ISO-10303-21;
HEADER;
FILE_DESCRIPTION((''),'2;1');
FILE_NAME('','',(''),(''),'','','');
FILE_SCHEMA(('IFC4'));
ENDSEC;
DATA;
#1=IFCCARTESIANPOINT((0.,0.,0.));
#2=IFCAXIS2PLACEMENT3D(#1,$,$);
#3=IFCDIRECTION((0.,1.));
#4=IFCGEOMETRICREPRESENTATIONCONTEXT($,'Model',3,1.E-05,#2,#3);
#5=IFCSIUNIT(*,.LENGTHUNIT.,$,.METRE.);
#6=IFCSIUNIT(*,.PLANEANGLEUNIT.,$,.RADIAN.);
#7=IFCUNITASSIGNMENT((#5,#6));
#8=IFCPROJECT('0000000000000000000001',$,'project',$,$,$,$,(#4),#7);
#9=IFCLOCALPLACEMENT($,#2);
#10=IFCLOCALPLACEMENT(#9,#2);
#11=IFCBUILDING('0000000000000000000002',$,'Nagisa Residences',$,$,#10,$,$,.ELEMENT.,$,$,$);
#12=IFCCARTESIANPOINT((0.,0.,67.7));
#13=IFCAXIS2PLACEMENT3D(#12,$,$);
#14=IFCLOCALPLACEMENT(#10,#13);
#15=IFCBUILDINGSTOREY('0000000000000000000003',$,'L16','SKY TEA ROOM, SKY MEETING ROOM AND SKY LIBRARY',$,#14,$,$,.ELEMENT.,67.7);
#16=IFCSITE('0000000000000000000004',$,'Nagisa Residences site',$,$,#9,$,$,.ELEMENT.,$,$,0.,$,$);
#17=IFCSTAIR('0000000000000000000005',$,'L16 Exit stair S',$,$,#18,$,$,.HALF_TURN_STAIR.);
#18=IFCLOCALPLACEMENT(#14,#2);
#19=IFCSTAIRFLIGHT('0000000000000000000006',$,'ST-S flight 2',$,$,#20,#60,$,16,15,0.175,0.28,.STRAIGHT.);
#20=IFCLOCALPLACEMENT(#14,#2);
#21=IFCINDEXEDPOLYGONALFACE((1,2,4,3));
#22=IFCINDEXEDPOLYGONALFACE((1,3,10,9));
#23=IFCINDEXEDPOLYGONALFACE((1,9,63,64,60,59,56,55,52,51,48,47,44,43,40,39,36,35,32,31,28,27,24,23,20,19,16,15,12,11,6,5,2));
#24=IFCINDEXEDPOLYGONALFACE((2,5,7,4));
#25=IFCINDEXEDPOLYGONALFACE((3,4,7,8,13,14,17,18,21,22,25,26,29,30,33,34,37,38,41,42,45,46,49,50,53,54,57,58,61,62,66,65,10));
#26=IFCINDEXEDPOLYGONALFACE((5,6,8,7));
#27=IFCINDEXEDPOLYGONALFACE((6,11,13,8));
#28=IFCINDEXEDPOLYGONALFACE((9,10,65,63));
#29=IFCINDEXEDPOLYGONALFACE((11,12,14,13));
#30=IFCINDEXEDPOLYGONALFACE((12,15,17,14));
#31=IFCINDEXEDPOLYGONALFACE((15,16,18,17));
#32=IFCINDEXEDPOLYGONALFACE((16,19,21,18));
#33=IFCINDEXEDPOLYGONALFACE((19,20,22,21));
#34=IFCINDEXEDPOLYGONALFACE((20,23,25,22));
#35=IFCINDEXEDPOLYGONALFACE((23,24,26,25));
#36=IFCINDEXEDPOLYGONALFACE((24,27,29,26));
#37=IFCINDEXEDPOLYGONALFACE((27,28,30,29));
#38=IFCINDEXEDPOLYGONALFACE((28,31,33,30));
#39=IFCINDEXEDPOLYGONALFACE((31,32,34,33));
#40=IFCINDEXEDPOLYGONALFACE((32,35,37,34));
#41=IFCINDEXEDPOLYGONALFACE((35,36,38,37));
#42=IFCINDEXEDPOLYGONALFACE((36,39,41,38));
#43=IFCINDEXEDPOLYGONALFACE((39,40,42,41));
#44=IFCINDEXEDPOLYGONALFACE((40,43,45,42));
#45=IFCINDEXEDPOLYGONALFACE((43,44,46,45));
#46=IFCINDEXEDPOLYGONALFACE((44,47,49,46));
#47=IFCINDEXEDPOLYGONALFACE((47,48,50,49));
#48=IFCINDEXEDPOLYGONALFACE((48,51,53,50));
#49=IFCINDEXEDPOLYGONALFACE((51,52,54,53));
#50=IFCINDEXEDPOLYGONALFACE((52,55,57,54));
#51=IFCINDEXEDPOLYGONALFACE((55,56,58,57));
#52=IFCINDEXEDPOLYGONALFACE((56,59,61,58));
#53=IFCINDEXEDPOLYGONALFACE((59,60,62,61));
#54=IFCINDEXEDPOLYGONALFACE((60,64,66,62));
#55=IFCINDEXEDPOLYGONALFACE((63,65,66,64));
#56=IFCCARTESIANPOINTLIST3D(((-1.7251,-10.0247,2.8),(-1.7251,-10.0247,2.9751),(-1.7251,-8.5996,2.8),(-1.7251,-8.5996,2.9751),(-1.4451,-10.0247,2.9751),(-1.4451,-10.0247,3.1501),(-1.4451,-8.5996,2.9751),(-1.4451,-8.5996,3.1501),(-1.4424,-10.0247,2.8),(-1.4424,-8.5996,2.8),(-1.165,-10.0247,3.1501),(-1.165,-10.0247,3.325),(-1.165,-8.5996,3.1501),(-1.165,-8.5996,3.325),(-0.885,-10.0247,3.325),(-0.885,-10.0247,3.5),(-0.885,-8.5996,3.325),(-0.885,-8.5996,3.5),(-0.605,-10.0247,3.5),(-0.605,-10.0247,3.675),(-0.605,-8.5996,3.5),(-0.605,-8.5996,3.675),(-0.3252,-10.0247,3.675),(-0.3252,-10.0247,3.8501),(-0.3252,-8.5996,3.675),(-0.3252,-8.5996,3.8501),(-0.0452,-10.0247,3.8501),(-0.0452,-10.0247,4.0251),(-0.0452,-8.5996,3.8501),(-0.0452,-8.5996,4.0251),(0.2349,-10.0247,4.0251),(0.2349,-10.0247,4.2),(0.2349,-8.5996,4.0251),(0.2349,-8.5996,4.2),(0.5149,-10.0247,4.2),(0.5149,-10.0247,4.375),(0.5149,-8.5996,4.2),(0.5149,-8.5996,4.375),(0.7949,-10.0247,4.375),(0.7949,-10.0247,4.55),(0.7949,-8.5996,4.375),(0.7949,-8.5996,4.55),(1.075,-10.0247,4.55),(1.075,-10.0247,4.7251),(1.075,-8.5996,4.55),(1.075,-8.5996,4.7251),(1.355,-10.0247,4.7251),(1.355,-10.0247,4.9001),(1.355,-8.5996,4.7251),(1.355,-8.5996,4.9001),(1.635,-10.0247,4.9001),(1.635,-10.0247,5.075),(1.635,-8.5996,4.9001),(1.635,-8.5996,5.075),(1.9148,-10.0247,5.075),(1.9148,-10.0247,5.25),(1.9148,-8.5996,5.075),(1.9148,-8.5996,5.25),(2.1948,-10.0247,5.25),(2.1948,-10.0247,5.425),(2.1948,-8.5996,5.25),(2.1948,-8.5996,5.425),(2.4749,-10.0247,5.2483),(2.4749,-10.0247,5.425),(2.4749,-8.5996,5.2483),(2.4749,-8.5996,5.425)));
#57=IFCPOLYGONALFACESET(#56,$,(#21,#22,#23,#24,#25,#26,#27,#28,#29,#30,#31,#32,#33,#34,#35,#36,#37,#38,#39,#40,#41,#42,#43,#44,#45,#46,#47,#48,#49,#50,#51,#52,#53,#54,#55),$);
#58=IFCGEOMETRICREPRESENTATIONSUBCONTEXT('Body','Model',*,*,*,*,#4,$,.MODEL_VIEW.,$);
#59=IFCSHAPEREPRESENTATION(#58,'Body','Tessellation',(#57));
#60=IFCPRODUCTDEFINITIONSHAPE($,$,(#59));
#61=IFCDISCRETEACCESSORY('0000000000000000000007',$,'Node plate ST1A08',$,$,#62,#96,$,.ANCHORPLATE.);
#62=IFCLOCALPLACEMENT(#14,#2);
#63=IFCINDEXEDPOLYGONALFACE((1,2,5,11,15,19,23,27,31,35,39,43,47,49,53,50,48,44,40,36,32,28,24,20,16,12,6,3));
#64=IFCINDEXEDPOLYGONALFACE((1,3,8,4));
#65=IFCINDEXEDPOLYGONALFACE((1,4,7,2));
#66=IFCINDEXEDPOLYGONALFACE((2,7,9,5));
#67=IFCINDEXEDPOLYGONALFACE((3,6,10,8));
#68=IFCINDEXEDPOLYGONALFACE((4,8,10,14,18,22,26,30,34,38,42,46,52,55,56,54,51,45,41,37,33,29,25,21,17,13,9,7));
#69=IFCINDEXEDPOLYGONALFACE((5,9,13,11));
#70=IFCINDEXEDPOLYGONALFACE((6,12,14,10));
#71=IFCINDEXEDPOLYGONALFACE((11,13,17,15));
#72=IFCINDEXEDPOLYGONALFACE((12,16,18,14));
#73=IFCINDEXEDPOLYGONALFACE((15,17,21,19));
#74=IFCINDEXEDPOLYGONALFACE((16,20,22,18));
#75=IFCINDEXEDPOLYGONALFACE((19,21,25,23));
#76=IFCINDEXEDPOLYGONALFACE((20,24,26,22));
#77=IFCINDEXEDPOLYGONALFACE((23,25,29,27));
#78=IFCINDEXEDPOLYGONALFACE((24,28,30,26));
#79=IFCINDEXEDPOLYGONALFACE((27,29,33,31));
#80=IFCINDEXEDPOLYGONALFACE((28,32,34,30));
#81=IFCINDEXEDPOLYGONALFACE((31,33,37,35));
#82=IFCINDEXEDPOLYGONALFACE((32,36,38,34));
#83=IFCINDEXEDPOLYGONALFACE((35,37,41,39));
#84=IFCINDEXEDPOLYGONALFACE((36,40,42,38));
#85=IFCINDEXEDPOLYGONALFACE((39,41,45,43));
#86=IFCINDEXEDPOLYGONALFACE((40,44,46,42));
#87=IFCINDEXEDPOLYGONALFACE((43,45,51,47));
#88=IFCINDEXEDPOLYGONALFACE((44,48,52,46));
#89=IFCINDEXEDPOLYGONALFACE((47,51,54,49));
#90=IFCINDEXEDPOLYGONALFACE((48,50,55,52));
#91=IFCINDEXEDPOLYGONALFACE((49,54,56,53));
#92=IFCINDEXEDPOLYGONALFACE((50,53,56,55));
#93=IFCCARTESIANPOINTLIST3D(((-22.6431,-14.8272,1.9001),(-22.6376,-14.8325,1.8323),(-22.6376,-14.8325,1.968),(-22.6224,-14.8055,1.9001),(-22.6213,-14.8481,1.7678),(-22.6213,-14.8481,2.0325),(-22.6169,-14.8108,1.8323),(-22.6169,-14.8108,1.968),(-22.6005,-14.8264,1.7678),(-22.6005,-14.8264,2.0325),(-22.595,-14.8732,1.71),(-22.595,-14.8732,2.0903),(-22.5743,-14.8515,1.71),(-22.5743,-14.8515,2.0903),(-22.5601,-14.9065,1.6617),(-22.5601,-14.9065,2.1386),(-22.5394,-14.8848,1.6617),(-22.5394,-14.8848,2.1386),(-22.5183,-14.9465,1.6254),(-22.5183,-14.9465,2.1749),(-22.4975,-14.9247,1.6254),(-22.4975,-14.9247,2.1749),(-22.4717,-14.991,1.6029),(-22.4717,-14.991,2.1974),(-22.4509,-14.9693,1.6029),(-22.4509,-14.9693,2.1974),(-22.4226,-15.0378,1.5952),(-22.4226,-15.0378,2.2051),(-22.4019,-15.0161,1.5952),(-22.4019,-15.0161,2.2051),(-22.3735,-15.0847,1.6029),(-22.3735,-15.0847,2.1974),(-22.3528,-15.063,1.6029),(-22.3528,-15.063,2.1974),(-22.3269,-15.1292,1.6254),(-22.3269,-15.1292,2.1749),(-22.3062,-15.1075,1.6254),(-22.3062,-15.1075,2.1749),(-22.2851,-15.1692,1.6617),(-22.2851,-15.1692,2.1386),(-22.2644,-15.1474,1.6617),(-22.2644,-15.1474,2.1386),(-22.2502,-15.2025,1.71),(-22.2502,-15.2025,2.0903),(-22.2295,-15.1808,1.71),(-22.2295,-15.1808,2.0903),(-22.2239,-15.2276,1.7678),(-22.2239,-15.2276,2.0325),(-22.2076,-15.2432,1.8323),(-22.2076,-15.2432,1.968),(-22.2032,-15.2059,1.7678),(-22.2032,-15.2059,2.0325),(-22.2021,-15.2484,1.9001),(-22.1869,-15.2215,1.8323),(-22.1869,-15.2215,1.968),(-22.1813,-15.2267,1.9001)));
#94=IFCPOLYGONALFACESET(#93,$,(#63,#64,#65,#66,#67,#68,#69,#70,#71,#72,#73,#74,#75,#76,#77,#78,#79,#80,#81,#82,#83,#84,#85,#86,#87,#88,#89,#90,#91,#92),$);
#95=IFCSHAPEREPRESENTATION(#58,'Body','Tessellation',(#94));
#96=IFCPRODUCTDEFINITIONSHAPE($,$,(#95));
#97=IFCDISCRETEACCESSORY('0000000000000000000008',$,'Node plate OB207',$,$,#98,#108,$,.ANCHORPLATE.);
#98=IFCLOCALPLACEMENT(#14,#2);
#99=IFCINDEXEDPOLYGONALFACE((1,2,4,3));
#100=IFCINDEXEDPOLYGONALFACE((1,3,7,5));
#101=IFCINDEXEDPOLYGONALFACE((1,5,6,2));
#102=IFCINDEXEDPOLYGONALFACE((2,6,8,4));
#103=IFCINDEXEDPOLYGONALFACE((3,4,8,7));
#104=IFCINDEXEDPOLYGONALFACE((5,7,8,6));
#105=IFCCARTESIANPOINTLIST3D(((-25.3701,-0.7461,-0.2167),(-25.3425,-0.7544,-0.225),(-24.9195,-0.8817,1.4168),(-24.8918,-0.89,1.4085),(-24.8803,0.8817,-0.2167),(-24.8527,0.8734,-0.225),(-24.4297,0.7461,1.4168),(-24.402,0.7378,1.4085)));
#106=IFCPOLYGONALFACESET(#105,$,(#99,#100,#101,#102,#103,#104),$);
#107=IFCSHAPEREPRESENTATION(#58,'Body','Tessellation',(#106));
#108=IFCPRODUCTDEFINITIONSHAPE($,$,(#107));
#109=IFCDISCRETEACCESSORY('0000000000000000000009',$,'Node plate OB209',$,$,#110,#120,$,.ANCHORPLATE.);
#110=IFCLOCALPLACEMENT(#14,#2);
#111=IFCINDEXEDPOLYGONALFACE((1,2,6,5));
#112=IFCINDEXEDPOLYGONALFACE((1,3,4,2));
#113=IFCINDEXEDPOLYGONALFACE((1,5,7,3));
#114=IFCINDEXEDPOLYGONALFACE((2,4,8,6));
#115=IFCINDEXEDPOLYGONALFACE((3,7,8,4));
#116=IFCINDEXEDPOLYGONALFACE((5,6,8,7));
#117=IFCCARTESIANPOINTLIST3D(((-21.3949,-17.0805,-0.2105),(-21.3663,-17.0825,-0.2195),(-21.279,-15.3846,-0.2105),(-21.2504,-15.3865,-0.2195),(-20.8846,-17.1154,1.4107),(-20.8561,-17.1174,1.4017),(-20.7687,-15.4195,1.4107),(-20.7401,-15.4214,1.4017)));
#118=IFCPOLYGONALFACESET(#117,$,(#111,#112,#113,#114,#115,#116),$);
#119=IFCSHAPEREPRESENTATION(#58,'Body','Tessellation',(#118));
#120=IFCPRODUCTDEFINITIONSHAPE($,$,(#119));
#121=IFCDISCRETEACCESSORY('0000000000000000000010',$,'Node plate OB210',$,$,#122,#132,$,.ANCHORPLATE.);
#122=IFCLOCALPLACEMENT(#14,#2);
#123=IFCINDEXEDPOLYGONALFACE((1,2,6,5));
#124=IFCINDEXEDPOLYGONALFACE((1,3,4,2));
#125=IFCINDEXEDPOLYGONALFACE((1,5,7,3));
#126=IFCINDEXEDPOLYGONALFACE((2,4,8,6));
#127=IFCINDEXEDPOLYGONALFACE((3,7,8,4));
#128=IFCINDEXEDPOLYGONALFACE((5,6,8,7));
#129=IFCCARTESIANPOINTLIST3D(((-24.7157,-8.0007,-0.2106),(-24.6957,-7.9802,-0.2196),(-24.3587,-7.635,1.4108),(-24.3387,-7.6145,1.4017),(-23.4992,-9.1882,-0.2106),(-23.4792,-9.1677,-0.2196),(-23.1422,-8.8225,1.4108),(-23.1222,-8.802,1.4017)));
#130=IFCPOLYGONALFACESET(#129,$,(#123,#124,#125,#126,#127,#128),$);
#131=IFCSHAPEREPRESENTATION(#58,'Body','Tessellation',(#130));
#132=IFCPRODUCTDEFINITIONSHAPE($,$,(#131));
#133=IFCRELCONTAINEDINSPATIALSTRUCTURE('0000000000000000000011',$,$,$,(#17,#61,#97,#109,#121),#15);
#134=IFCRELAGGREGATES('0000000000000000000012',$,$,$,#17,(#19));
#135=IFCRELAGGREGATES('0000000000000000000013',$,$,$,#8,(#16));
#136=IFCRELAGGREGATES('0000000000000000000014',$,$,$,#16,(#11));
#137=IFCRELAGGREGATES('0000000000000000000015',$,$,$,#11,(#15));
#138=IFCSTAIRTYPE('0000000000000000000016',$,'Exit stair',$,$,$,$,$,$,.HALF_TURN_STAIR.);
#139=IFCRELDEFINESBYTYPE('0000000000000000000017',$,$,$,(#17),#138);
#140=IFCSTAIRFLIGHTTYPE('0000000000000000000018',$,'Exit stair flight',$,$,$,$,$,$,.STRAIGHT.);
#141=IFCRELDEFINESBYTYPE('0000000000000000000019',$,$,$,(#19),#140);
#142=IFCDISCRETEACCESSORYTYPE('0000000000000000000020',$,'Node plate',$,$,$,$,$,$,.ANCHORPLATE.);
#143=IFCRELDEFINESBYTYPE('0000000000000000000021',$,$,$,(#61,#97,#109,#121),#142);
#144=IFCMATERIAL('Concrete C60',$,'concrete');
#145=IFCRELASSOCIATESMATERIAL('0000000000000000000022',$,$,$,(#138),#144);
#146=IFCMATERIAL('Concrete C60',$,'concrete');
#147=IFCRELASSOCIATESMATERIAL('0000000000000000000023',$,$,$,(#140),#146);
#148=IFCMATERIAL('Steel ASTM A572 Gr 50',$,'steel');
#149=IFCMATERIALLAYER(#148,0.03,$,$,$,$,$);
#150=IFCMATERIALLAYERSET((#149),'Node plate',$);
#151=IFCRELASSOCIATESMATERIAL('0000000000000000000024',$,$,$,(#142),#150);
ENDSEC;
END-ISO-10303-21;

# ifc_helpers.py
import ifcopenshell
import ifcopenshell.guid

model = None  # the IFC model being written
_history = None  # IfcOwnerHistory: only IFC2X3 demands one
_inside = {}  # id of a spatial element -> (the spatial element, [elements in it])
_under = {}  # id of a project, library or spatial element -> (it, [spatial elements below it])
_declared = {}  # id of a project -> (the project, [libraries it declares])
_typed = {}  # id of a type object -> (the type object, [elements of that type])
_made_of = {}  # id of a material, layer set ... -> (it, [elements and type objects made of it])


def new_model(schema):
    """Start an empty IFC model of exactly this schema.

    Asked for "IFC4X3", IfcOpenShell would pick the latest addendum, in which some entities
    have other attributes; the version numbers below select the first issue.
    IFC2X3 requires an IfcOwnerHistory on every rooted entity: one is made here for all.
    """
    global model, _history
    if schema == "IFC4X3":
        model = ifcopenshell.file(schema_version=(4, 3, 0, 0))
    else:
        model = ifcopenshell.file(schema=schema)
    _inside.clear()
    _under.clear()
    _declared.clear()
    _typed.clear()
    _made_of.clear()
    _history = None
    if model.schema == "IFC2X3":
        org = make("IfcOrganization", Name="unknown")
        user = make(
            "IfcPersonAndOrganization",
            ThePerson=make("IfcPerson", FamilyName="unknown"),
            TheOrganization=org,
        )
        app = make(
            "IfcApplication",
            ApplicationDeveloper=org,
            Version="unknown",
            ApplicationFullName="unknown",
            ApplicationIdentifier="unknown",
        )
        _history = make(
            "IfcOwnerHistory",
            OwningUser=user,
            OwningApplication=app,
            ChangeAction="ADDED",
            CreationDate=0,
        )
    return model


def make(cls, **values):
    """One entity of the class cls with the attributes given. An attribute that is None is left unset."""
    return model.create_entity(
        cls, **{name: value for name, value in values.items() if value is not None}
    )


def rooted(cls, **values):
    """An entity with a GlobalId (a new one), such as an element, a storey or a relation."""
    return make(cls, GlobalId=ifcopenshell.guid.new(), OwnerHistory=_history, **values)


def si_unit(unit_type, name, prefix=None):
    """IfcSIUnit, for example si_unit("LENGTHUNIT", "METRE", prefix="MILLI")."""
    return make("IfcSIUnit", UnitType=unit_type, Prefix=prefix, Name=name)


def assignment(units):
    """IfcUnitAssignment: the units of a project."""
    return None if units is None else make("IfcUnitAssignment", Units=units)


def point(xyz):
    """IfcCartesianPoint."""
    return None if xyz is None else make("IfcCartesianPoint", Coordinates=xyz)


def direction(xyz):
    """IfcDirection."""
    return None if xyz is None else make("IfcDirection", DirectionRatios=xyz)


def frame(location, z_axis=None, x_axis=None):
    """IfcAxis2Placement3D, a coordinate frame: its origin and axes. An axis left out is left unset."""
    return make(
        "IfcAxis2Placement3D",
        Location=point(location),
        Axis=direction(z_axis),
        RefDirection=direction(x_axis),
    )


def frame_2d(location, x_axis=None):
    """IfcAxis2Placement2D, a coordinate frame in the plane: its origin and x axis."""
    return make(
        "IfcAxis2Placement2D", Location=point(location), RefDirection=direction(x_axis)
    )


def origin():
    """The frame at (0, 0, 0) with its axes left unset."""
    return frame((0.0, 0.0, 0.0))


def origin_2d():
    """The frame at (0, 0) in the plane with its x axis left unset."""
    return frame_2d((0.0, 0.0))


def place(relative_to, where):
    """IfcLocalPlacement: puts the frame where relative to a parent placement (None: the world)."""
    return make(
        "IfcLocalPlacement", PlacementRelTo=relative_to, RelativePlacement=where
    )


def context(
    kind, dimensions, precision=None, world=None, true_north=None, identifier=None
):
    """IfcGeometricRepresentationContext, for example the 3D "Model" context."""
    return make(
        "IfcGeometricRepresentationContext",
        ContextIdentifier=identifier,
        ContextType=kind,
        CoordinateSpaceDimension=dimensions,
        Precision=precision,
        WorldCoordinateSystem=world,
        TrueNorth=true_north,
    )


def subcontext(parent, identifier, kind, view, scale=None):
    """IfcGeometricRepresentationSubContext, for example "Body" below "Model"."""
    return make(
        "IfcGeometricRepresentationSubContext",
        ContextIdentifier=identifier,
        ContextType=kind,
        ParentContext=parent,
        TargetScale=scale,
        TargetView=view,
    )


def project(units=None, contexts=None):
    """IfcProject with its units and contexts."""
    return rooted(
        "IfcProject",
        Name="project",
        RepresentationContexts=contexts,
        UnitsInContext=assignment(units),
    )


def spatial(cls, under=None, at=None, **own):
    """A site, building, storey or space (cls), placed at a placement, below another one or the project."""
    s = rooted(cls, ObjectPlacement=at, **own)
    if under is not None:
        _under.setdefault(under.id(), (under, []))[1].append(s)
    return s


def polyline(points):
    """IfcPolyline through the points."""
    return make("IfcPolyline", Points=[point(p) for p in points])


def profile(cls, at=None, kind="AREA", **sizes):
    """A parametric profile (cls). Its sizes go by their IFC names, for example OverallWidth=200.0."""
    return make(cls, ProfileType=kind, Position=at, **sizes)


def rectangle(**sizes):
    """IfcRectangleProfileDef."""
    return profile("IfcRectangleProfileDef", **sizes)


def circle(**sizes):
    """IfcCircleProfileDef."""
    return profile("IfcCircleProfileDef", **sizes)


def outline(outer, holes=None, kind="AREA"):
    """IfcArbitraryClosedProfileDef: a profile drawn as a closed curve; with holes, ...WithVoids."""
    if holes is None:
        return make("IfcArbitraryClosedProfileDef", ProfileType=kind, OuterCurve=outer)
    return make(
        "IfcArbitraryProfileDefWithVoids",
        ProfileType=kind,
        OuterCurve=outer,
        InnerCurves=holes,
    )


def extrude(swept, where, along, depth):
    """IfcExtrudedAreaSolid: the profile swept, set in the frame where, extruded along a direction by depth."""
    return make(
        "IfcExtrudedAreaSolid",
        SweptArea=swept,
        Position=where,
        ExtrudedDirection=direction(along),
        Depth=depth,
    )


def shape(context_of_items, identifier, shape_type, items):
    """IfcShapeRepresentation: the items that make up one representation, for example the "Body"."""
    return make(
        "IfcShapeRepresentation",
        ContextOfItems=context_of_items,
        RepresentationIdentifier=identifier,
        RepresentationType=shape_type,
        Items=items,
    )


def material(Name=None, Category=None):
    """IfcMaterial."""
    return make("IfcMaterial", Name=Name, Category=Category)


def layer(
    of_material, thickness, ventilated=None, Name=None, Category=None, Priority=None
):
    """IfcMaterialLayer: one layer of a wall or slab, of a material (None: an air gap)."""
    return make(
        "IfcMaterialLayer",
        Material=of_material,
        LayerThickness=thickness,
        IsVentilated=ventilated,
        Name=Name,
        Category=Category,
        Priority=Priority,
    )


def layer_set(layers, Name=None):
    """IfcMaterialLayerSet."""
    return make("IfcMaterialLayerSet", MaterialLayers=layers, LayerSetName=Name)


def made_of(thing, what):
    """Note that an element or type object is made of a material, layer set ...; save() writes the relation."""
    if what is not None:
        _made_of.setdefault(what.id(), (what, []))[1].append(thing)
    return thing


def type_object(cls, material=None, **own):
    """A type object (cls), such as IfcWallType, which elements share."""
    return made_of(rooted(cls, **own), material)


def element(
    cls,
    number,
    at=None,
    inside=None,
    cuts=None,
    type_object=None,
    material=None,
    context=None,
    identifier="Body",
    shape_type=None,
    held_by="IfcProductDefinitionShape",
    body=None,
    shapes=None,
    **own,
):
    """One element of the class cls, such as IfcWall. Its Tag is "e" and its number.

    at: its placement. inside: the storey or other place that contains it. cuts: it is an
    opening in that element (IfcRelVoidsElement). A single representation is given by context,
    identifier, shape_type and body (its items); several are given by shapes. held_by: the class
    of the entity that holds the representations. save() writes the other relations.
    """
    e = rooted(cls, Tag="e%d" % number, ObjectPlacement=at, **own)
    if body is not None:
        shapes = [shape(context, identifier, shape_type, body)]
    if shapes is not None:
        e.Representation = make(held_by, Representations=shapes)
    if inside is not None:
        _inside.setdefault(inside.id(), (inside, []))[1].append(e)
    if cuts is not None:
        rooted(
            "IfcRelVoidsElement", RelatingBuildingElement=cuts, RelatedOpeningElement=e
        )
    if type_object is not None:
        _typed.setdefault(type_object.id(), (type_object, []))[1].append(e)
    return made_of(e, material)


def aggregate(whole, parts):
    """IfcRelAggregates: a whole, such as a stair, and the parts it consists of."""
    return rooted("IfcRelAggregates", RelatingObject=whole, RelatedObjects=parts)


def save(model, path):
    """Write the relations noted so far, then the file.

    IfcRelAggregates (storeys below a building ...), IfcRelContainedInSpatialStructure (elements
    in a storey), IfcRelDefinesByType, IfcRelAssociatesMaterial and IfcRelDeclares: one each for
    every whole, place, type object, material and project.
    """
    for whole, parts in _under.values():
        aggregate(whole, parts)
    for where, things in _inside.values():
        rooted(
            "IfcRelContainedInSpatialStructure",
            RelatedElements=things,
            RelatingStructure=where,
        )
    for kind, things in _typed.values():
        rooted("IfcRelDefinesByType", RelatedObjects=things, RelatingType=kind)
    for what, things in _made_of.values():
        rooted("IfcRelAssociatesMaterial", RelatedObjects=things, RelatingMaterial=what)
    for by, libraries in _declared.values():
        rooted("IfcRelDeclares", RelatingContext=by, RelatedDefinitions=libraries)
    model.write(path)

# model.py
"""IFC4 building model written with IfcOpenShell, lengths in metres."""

from ifc_helpers import new_model, si_unit, direction, frame, origin, origin_2d, place, context, subcontext, project, spatial, polyline, rectangle, circle, outline, extrude, material, layer, layer_set, type_object, element, aggregate, save


model = new_model("IFC4")

# Units and contexts
model_context = context("Model", 3, precision=1e-05, world=origin(), true_north=direction((0.0, 1.0)))
body_context = subcontext(model_context, "Body", "Model", "MODEL_VIEW")
ifc_project = project(units=[si_unit("LENGTHUNIT", "METRE"), si_unit("PLANEANGLEUNIT", "RADIAN")], contexts=[model_context])

# Site, building, storey
site_placement = place(None, origin())
site = spatial("IfcSite", under=ifc_project, at=site_placement, Name="Nagisa Residences site", CompositionType="ELEMENT", RefElevation=0.0)
building_placement = place(site_placement, origin())
building = spatial("IfcBuilding", under=site, at=building_placement, Name="Nagisa Residences", CompositionType="ELEMENT")
storey_placement = place(building_placement, frame((0.0, 0.0, 67.7)))
storey = spatial("IfcBuildingStorey", under=building, at=storey_placement, Name="L16", Description="SKY TEA ROOM, SKY MEETING ROOM AND SKY LIBRARY", CompositionType="ELEMENT", Elevation=67.7)

# Shared definitions
ifc_material_1 = material(Name="Concrete C60", Category="concrete")
stair_type = type_object("IfcStairType", Name="Exit stair", PredefinedType="HALF_TURN_STAIR", material=ifc_material_1)

# Stair, stair flight
stair_1_placement = place(storey_placement, origin())
stair_1 = element("IfcStair", 1, at=stair_1_placement, inside=storey, type_object=stair_type, Name="L16 Exit stair S", PredefinedType="HALF_TURN_STAIR")
ifc_material_2 = material(Name="Concrete C60", Category="concrete")
stair_flight_type = type_object("IfcStairFlightType", Name="Exit stair flight", PredefinedType="STRAIGHT", material=ifc_material_2)
stair_flight_placement = place(storey_placement, frame((-1.7251, -9.312, 2.8), z_axis=(0.0, 0.0, 1.0), x_axis=(1.0, 0.0, 0.0)))
stair_flight = element("IfcStairFlight", 2, at=stair_flight_placement, type_object=stair_flight_type, Name="ST-S flight 2", NumberOfRisers=16, NumberOfTreads=15, PredefinedType="STRAIGHT", RiserHeight=0.175, TreadLength=0.28, context=body_context, shape_type="SweptSolid", body=[
    extrude(outline(polyline([(0.0, 0.0), (0.0, 0.175), (0.28, 0.175), (0.28, 0.3501), (0.5601, 0.3501), (0.5601, 0.5249), (0.8401, 0.5249), (0.8401, 0.7), (1.1201, 0.7), (1.1201, 0.875), (1.3999, 0.875), (1.3999, 1.05), (1.6799, 1.05), (1.6799, 1.2251), (1.96, 1.2251), (1.96, 1.3999), (2.24, 1.3999), (2.24, 1.575), (2.52, 1.575), (2.52, 1.75), (2.8, 1.75), (2.8, 1.925), (3.0801, 1.925), (3.0801, 2.1001), (3.3601, 2.1001), (3.3601, 2.2749), (3.6399, 2.2749), (3.6399, 2.45), (3.9199, 2.45), (3.9199, 2.625), (4.2, 2.625), (4.2, 2.8), (4.2, 2.4482), (0.2827, 0.0), (0.0, 0.0)])), frame((0.0, 0.7124, 0.0), z_axis=(0.0, -1.0, 0.0), x_axis=(1.0, 0.0, 0.0)), (0.0, 0.0, 1.0), 1.425),
])
aggregate(stair_1, [stair_flight])

# Discrete accessories
ifc_material_3 = material(Name="Steel ASTM A572 Gr 50", Category="steel")
ifc_layer_1 = layer(ifc_material_3, 0.03)
ifc_layer_set_1 = layer_set([ifc_layer_1], Name="Node plate")
discrete_accessory_type = type_object("IfcDiscreteAccessoryType", Name="Node plate", PredefinedType="ANCHORPLATE", material=ifc_layer_set_1)
discrete_accessory_placement = place(storey_placement, frame((-22.4226, -15.0378, 1.9001), z_axis=(0.690669, 0.723171, 0.0), x_axis=(-0.723171, 0.690669, 0.0)))
element("IfcDiscreteAccessory", 3, at=discrete_accessory_placement, inside=storey, type_object=discrete_accessory_type, Name="Node plate ST1A08", PredefinedType="ANCHORPLATE", context=body_context, shape_type="SweptSolid", body=[
    extrude(circle(Radius=0.3049, at=origin_2d()), origin(), (0.0, 0.0, 1.0), 0.03),
])
for number, where, z_axis, x_axis, name in (
    (4, (-24.8999, 0.0, 0.6001), (0.92016, -0.276862, -0.276862), (0.288125, 0.957593, 0.0), "Node plate OB207"),
    (5, (-21.0818, -16.25, 0.6001), (0.95144, -0.065056, -0.300883), (0.068217, 0.997671, 0.0), "Node plate OB209"),
    (6, (-23.929, -8.4116, 0.6001), (0.666226, 0.682476, -0.300614), (-0.715574, 0.698537, 0.0), "Node plate OB210"),
):
    element("IfcDiscreteAccessory", number, at=place(storey_placement, frame(where, z_axis=z_axis, x_axis=x_axis)), inside=storey, type_object=discrete_accessory_type, Name=name, PredefinedType="ANCHORPLATE", context=body_context, shape_type="SweptSolid", body=[
        extrude(rectangle(XDim=1.7, YDim=1.7, at=origin_2d()), origin(), (0.0, 0.0, 1.0), 0.03),
    ])

save(model, "model.ifc")
